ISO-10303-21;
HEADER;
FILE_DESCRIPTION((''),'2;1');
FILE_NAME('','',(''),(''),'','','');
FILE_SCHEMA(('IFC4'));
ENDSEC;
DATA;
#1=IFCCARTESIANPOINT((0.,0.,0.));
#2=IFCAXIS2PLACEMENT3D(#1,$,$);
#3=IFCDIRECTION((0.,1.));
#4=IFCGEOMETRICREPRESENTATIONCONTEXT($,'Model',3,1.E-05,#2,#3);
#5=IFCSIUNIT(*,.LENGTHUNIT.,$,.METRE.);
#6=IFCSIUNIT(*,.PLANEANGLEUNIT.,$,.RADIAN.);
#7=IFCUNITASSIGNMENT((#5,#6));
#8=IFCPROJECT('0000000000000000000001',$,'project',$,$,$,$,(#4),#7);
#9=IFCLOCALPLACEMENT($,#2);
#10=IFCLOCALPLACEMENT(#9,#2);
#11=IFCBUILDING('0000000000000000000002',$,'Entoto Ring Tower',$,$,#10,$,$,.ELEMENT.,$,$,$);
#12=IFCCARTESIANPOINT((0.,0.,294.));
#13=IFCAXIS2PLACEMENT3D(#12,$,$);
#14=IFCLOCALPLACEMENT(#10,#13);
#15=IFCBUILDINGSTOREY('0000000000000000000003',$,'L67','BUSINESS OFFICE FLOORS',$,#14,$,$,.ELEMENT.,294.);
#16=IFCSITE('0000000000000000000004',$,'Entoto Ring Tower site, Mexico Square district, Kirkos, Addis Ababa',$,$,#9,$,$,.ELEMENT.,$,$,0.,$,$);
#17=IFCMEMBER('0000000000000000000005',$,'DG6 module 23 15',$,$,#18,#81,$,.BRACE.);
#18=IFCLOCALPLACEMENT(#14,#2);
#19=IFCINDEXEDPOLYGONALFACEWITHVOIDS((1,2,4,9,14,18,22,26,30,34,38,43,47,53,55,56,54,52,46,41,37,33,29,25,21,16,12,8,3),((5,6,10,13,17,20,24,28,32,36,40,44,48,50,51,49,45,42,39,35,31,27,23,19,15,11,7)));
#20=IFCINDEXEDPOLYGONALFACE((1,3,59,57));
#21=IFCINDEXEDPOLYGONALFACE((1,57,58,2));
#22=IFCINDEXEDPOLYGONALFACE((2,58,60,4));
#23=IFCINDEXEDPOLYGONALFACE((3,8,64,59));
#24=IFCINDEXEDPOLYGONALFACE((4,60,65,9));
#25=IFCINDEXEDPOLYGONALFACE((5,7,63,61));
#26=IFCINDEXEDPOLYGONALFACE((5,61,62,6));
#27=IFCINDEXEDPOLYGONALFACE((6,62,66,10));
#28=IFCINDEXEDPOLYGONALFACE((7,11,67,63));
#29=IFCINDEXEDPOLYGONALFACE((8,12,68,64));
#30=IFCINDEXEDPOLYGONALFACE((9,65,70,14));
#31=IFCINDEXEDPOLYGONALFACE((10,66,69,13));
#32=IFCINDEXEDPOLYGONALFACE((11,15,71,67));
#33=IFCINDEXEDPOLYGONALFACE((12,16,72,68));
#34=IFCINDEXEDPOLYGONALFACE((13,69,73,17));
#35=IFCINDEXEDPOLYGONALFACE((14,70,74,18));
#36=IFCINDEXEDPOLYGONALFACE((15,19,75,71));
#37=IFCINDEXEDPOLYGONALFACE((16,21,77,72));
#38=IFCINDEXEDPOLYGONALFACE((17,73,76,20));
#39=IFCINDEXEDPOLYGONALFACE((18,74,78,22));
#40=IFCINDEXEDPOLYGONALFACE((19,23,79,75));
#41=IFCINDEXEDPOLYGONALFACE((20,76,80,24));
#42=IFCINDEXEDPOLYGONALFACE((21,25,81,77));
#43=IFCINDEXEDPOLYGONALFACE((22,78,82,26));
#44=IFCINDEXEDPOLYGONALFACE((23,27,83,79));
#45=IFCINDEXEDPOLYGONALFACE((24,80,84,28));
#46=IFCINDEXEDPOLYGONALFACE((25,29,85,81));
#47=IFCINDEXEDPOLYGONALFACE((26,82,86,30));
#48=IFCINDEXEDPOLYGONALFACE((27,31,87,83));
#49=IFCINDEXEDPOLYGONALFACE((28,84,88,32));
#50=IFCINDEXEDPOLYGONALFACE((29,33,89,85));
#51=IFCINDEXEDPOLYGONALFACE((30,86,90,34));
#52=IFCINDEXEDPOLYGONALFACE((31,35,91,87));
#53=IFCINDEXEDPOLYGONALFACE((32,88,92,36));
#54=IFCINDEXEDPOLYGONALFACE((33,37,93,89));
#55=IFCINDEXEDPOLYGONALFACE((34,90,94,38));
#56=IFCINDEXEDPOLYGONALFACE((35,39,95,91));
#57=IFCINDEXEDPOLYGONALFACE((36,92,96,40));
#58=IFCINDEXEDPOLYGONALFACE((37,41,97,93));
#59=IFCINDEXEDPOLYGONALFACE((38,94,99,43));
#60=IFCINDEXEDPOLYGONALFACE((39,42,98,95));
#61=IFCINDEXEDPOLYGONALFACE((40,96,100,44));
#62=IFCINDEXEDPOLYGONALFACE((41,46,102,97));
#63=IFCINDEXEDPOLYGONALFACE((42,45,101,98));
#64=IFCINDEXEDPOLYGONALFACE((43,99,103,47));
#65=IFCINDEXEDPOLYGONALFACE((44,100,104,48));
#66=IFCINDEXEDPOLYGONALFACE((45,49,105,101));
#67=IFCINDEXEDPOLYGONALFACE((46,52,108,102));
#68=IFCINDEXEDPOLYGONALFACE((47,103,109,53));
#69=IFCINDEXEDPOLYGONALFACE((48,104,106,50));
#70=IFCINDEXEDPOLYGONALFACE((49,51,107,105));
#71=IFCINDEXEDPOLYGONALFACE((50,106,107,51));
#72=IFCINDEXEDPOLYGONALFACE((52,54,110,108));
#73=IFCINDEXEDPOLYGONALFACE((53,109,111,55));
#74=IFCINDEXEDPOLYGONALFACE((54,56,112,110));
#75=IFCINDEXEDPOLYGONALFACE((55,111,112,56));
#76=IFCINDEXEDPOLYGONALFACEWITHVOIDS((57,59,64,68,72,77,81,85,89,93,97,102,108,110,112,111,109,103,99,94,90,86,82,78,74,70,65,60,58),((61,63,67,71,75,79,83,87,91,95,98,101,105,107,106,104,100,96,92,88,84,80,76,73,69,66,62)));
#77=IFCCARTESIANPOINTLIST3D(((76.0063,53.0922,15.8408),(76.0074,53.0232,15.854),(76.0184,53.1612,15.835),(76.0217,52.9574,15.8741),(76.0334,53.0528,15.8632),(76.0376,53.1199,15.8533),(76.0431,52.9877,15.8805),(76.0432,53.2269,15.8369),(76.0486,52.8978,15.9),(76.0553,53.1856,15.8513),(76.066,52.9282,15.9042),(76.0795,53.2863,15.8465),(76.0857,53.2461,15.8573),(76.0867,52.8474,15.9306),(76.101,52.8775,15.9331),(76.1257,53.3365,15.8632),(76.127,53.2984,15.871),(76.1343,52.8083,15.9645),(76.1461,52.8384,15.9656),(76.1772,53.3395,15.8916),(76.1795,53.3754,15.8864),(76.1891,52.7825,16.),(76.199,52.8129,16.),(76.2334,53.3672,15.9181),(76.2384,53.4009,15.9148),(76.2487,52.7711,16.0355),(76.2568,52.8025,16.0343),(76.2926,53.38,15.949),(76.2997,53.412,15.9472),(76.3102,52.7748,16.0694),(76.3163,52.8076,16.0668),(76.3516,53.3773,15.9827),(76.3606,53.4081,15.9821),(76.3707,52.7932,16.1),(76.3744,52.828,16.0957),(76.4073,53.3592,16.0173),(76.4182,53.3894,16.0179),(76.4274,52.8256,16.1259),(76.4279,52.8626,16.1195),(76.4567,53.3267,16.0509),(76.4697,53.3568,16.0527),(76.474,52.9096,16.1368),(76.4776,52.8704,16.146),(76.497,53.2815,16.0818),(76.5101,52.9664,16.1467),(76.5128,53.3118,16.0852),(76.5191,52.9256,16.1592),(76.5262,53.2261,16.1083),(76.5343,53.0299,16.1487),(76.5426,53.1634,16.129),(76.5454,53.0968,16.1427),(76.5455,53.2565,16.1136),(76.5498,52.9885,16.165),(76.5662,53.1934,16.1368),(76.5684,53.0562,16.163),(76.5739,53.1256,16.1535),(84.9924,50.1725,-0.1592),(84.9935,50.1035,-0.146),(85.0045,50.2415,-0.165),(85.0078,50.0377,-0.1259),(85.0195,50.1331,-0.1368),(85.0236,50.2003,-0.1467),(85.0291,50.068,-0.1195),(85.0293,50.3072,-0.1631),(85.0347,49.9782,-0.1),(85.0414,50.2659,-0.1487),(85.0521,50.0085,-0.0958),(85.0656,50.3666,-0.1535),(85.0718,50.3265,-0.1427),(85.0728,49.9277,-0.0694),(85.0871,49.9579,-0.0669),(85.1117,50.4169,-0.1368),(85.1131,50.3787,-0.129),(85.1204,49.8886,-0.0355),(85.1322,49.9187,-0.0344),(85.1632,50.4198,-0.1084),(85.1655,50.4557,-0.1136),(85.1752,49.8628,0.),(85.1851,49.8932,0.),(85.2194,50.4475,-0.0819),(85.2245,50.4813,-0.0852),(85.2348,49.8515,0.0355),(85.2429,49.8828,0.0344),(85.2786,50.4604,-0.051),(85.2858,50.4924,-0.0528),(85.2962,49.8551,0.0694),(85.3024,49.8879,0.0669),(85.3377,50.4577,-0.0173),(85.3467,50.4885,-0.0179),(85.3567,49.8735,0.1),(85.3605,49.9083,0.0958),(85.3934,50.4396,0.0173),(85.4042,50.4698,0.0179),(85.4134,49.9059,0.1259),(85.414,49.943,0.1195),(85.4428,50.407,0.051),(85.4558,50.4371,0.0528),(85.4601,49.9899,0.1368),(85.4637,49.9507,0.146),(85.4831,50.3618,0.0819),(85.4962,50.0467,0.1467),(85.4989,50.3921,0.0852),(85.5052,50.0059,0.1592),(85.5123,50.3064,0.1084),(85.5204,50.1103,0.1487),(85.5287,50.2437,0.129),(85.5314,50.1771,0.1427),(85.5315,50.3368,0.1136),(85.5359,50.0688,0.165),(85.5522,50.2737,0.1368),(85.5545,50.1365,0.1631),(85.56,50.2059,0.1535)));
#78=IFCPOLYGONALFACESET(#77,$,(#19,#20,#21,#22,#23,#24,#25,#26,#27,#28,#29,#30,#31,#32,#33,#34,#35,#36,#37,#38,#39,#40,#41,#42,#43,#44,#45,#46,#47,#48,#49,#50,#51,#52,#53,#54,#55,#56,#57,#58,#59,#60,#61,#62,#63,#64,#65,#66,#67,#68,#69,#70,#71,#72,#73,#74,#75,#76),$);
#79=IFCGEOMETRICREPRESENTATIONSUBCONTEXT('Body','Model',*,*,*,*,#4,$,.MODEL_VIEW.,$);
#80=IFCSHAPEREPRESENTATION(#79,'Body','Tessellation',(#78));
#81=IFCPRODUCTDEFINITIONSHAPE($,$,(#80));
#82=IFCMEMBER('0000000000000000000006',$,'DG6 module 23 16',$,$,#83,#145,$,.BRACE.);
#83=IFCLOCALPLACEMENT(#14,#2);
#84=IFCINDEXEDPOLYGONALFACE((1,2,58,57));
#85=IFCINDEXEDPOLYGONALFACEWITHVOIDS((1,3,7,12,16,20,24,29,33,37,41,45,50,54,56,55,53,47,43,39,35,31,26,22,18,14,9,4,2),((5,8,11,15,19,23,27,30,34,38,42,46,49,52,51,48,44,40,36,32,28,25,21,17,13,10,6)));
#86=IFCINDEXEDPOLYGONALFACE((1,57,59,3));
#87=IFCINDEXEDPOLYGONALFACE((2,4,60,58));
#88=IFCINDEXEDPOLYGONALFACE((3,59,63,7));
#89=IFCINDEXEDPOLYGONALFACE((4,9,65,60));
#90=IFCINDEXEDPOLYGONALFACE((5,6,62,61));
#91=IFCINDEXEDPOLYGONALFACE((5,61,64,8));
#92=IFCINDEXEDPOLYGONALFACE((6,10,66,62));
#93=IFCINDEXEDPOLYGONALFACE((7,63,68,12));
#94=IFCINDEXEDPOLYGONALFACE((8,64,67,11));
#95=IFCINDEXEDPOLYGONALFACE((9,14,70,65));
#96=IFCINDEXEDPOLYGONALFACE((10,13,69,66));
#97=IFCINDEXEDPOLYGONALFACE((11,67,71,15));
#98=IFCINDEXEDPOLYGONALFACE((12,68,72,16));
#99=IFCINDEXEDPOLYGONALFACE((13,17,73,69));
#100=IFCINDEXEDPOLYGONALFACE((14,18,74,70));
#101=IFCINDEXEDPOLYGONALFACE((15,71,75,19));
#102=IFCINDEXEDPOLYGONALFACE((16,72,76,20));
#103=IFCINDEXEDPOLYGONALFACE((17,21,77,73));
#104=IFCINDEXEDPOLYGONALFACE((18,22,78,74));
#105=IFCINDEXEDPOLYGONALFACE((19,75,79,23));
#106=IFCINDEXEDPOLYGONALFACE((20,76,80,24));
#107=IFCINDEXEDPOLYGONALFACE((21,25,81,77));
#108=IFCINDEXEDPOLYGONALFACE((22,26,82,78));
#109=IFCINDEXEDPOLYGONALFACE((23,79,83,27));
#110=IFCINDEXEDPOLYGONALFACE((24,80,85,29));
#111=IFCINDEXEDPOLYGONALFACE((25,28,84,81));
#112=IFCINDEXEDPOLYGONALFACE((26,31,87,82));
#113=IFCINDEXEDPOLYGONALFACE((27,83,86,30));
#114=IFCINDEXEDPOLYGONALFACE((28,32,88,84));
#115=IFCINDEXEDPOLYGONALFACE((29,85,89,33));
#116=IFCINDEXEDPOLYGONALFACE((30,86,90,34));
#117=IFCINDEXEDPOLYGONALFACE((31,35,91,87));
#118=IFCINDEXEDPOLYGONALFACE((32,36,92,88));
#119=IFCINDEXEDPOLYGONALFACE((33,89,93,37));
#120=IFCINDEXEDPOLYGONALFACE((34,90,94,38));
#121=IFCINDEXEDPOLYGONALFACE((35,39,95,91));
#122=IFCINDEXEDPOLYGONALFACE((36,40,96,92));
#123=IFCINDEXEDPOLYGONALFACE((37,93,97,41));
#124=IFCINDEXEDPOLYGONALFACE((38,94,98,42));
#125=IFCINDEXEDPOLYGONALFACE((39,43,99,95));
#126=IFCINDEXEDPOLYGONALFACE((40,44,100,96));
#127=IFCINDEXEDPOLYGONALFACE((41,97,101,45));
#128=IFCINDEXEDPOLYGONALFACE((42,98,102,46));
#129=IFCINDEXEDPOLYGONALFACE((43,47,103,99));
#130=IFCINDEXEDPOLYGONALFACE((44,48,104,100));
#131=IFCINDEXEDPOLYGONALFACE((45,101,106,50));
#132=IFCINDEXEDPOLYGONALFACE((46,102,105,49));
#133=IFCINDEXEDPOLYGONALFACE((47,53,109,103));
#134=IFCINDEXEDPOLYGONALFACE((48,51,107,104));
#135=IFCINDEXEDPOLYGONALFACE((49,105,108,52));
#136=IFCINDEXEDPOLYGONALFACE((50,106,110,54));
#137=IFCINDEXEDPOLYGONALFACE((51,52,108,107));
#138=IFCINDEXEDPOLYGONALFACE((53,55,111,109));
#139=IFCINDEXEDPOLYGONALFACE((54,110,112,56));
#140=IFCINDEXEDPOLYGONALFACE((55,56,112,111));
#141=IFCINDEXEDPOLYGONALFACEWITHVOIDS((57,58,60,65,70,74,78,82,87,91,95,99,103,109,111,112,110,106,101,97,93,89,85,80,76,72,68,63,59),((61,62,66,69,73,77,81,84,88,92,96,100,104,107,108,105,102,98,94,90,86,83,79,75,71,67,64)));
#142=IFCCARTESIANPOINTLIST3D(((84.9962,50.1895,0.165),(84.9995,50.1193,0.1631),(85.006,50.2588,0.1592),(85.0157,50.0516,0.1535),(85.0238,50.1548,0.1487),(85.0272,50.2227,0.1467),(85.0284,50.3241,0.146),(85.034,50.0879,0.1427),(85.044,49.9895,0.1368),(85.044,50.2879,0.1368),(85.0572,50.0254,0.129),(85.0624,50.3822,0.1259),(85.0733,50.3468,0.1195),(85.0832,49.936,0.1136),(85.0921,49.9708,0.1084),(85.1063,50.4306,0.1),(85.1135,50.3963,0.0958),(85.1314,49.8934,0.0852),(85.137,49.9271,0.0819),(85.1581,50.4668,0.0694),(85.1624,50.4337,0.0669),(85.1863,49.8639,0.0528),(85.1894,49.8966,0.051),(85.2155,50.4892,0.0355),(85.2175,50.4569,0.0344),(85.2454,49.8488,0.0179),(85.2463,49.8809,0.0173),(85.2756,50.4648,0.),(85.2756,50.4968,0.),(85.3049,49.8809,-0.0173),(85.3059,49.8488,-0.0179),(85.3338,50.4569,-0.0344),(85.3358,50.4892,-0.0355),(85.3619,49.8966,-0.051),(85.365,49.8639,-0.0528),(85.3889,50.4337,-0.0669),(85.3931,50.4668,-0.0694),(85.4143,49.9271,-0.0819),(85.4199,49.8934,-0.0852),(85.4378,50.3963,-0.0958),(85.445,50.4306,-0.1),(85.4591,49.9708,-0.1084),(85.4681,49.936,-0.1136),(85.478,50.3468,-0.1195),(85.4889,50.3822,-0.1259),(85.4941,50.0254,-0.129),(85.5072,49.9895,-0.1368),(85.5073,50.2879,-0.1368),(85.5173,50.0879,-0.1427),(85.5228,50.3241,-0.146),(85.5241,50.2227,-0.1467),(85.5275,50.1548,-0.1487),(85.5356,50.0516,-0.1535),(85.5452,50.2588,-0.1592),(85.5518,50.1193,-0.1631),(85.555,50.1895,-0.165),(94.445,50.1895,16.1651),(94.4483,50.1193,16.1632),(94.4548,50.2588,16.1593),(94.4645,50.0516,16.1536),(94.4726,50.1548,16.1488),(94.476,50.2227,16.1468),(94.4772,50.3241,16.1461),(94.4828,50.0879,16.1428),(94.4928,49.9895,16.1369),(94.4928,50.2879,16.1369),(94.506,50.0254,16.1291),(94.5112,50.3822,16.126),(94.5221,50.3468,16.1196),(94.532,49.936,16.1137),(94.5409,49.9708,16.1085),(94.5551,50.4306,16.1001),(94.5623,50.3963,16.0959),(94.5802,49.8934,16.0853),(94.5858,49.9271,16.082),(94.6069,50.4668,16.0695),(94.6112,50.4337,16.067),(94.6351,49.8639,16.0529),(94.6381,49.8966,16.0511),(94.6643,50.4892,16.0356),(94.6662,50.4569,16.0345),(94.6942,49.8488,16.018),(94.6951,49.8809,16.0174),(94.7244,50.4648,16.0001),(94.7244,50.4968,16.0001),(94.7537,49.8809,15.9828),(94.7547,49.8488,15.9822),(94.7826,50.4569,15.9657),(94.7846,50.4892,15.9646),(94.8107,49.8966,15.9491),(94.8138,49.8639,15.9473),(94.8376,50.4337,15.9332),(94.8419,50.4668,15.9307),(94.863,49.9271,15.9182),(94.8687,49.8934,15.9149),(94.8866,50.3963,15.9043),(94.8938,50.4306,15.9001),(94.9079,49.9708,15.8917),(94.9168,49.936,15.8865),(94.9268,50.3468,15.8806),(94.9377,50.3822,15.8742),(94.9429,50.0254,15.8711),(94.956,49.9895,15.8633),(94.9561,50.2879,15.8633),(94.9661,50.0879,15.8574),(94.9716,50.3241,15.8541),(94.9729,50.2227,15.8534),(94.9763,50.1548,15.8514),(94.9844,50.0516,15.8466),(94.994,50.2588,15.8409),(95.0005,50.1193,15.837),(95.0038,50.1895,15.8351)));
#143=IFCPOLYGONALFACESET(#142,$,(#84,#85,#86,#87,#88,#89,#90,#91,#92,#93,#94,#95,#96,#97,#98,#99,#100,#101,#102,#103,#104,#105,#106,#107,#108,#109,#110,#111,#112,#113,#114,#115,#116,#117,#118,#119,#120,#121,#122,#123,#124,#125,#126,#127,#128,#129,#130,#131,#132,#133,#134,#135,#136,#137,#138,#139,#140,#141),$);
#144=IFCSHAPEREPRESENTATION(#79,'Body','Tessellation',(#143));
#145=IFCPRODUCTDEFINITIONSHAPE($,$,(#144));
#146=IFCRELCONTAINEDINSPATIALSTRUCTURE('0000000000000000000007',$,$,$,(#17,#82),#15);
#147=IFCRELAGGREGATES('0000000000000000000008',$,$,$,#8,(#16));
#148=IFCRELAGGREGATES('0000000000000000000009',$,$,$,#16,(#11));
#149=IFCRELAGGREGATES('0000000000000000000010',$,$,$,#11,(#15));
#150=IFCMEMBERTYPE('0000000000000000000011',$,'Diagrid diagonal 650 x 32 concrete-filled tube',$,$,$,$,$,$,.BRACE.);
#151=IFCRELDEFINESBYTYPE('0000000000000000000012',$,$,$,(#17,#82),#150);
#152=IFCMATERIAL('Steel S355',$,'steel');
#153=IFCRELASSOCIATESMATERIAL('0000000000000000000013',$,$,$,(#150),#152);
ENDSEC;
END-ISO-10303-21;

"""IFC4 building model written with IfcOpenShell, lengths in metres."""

from ifc_helpers import new_model, si_unit, direction, frame, origin, origin_2d, place, context, subcontext, project, spatial, circle, hollow_circle, extrude, material, material_profile, profile_set, type_object, element, save


model = new_model("IFC4")

# Units and contexts
model_context = context("Model", 3, precision=1e-05, world=origin(), true_north=direction((0.0, 1.0)))
body_context = subcontext(model_context, "Body", "Model", "MODEL_VIEW")
ifc_project = project(units=[si_unit("LENGTHUNIT", "METRE"), si_unit("PLANEANGLEUNIT", "RADIAN")], contexts=[model_context])

# Site, building, storey
site_placement = place(None, origin())
site = spatial("IfcSite", under=ifc_project, at=site_placement, Name="Entoto Ring Tower site, Mexico Square district, Kirkos, Addis Ababa", CompositionType="ELEMENT", RefElevation=0.0)
building_placement = place(site_placement, origin())
building = spatial("IfcBuilding", under=site, at=building_placement, Name="Entoto Ring Tower", CompositionType="ELEMENT")
storey_placement = place(building_placement, frame((0.0, 0.0, 294.0)))
storey = spatial("IfcBuildingStorey", under=building, at=storey_placement, Name="L67", Description="BUSINESS OFFICE FLOORS", CompositionType="ELEMENT", Elevation=294.0)

# Members
ifc_material_1 = material(Name="Steel S355", Category="steel")
ifc_material_profile_1 = material_profile(ifc_material_1, hollow_circle(Radius=0.325, WallThickness=0.032, at=origin_2d()), Name="CHS 650 x 32")
ifc_material_2 = material(Name="Concrete C60/75", Category="concrete")
ifc_material_profile_2 = material_profile(ifc_material_2, circle(Radius=0.293, at=origin_2d()), Name="Concrete C60/75 infill")
ifc_profile_set_1 = profile_set([ifc_material_profile_1, ifc_material_profile_2], Name="Steel S355")
member_type_1 = type_object("IfcMemberType", Name="Diagrid diagonal 650 x 32 concrete-filled tube", PredefinedType="BRACE", material=ifc_profile_set_1)
member_1_placement = place(storey_placement, frame((85.2756, 50.1719, 0.0), z_axis=(-0.483602, 0.157128, 0.861069), x_axis=(-0.30901, -0.951059, 0.0)))
element("IfcMember", 1, at=member_1_placement, inside=storey, type_object=member_type_1, Name="DG6 module 23 15", PredefinedType="BRACE", context=body_context, shape_type="SweptSolid", body=[
    extrude(hollow_circle(Radius=0.325, WallThickness=0.032, at=origin_2d()), origin(), (0.0, 0.0, 1.0), 18.5815),
])
member_2_placement = place(storey_placement, frame((85.2756, 50.1719, 0.0), z_axis=(0.508497, 0.0, 0.861064), x_axis=(0.0, 1.0, 0.0)))
element("IfcMember", 2, at=member_2_placement, inside=storey, type_object=member_type_1, Name="DG6 module 23 16", PredefinedType="BRACE", context=body_context, shape_type="SweptSolid", body=[
    extrude(hollow_circle(Radius=0.325, WallThickness=0.032, at=origin_2d()), origin(), (0.0, 0.0, 1.0), 18.5818),
])

save(model, "model.ifc")
